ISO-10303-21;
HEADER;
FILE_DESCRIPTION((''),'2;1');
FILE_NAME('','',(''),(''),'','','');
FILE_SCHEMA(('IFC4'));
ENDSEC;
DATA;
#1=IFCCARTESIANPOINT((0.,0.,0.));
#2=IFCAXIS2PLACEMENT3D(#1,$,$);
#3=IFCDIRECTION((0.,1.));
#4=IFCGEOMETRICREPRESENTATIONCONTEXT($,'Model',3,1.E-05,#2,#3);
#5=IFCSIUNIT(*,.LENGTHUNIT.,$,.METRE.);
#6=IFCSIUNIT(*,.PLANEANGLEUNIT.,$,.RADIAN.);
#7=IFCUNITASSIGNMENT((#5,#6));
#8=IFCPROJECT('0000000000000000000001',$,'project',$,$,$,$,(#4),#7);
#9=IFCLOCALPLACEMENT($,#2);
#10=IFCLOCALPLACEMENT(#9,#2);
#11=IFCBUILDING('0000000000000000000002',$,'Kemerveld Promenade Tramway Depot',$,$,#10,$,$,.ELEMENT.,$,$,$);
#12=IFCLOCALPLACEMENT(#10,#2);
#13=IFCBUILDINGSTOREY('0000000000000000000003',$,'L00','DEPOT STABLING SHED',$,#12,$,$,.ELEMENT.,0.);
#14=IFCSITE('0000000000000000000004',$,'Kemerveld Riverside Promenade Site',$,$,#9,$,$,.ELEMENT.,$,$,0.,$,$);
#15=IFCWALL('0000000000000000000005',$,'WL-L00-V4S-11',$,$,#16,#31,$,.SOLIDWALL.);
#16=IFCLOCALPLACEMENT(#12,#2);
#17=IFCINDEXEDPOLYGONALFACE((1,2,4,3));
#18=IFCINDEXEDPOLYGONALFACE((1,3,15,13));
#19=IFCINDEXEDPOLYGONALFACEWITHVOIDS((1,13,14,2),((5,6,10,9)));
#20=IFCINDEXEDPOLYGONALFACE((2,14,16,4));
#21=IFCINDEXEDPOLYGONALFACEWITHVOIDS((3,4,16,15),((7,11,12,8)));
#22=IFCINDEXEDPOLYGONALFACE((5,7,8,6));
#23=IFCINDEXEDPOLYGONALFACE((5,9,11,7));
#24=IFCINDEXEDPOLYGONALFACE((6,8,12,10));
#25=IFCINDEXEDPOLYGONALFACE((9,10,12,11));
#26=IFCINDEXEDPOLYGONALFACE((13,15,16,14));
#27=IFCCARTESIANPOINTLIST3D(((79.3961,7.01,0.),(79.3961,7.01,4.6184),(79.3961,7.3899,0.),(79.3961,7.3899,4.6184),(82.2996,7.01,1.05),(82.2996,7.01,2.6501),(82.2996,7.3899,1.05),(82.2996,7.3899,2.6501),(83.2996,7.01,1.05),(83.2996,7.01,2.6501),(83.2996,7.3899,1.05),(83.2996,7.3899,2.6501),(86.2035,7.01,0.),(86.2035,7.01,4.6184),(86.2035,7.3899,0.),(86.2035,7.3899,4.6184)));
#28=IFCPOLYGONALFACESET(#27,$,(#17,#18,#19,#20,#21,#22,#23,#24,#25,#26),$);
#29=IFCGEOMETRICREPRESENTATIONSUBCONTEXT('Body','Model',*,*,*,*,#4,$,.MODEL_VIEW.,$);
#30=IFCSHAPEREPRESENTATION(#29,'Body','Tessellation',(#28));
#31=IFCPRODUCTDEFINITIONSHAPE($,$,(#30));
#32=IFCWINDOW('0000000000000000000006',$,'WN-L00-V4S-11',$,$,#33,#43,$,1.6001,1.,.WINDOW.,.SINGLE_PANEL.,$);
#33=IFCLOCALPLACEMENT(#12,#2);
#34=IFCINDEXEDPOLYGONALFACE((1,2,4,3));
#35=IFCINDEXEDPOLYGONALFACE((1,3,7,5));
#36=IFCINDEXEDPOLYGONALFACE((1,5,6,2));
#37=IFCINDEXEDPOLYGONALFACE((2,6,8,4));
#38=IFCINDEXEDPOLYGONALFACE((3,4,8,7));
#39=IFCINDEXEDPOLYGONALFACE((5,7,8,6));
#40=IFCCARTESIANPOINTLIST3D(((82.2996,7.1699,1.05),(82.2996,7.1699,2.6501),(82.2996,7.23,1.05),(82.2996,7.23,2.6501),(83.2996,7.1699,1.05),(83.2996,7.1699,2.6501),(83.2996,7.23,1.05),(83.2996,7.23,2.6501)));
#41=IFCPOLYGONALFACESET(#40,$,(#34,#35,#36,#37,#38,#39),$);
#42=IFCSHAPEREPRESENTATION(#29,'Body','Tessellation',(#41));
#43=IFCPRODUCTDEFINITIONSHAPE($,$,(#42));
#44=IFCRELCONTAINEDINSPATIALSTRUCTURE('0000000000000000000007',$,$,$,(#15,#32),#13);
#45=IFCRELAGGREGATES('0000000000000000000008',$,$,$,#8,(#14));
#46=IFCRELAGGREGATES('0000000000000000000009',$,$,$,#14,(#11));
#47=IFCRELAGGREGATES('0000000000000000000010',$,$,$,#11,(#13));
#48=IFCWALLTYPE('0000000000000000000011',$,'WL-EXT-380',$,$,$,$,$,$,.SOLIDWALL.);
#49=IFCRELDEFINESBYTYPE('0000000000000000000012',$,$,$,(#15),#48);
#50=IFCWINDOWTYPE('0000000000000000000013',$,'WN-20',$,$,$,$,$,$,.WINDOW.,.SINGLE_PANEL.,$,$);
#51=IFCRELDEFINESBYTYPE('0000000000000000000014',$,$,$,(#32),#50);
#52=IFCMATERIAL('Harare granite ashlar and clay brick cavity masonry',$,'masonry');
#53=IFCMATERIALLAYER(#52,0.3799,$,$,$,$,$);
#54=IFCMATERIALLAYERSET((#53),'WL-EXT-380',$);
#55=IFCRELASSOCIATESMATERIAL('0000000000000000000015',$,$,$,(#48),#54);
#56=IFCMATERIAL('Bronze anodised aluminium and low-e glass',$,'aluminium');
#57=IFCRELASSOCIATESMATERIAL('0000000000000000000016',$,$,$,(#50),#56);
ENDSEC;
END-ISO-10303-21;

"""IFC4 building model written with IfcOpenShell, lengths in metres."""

from ifc_helpers import new_model, si_unit, direction, frame, frame_2d, origin, place, context, subcontext, project, spatial, rectangle, extrude, material, layer, layer_set, type_object, element, fill, save


model = new_model("IFC4")

# Units and contexts
model_context = context("Model", 3, precision=1e-05, world=origin(), true_north=direction((0.0, 1.0)))
body_context = subcontext(model_context, "Body", "Model", "MODEL_VIEW")
ifc_project = project(units=[si_unit("LENGTHUNIT", "METRE"), si_unit("PLANEANGLEUNIT", "RADIAN")], contexts=[model_context])

# Site, building, storey
site_placement = place(None, origin())
site = spatial("IfcSite", under=ifc_project, at=site_placement, Name="Kemerveld Riverside Promenade Site", CompositionType="ELEMENT", RefElevation=0.0)
building_placement = place(site_placement, origin())
building = spatial("IfcBuilding", under=site, at=building_placement, Name="Kemerveld Promenade Tramway Depot", CompositionType="ELEMENT")
storey_placement = place(building_placement, origin())
storey = spatial("IfcBuildingStorey", under=building, at=storey_placement, Name="L00", Description="DEPOT STABLING SHED", CompositionType="ELEMENT", Elevation=0.0)

# Wall, opening, window
ifc_material_1 = material(Name="Harare granite ashlar and clay brick cavity masonry", Category="masonry")
ifc_layer_1 = layer(ifc_material_1, 0.3799)
ifc_layer_set_1 = layer_set([ifc_layer_1], Name="WL-EXT-380")
wall_type = type_object("IfcWallType", Name="WL-EXT-380", PredefinedType="SOLIDWALL", material=ifc_layer_set_1)
wall_placement = place(storey_placement, frame((86.2036, 7.2, 0.0), z_axis=(0.0, 0.0, 1.0), x_axis=(-1.0, 0.0, 0.0)))
wall = element("IfcWall", 1, at=wall_placement, inside=storey, type_object=wall_type, Name="WL-L00-V4S-11", PredefinedType="SOLIDWALL", context=body_context, shape_type="SweptSolid", body=[
    extrude(rectangle(XDim=6.8074, YDim=0.3799, at=frame_2d((3.4038, 0.0))), origin(), (0.0, 0.0, 1.0), 4.6184),
])
opening_placement = place(wall_placement, frame((2.9041, 0.0, 1.05)))
opening = element("IfcOpeningElement", 2, at=opening_placement, cuts=wall, PredefinedType="OPENING", context=body_context, shape_type="SweptSolid", body=[
    extrude(rectangle(XDim=1.0, YDim=1.6001, at=frame_2d((0.5, 0.8))), frame((0.0, 0.2, 0.0), z_axis=(0.0, -1.0, 0.0), x_axis=(1.0, 0.0, 0.0)), (0.0, 0.0, 1.0), 0.3999),
])
ifc_material_2 = material(Name="Bronze anodised aluminium and low-e glass", Category="aluminium")
window_type = type_object("IfcWindowType", Name="WN-20", PartitioningType="SINGLE_PANEL", PredefinedType="WINDOW", material=ifc_material_2)
window_placement = place(opening_placement, origin())
window = element("IfcWindow", 3, at=window_placement, inside=storey, type_object=window_type, Name="WN-L00-V4S-11", OverallHeight=1.6001, OverallWidth=1.0, PartitioningType="SINGLE_PANEL", PredefinedType="WINDOW", context=body_context, shape_type="SweptSolid", body=[
    extrude(rectangle(XDim=1.0, YDim=1.6001, at=frame_2d((0.5, 0.8))), frame((0.0, 0.03, 0.0), z_axis=(0.0, -1.0, 0.0), x_axis=(1.0, 0.0, 0.0)), (0.0, 0.0, 1.0), 0.0601),
])
fill(opening, window)

save(model, "model.ifc")
